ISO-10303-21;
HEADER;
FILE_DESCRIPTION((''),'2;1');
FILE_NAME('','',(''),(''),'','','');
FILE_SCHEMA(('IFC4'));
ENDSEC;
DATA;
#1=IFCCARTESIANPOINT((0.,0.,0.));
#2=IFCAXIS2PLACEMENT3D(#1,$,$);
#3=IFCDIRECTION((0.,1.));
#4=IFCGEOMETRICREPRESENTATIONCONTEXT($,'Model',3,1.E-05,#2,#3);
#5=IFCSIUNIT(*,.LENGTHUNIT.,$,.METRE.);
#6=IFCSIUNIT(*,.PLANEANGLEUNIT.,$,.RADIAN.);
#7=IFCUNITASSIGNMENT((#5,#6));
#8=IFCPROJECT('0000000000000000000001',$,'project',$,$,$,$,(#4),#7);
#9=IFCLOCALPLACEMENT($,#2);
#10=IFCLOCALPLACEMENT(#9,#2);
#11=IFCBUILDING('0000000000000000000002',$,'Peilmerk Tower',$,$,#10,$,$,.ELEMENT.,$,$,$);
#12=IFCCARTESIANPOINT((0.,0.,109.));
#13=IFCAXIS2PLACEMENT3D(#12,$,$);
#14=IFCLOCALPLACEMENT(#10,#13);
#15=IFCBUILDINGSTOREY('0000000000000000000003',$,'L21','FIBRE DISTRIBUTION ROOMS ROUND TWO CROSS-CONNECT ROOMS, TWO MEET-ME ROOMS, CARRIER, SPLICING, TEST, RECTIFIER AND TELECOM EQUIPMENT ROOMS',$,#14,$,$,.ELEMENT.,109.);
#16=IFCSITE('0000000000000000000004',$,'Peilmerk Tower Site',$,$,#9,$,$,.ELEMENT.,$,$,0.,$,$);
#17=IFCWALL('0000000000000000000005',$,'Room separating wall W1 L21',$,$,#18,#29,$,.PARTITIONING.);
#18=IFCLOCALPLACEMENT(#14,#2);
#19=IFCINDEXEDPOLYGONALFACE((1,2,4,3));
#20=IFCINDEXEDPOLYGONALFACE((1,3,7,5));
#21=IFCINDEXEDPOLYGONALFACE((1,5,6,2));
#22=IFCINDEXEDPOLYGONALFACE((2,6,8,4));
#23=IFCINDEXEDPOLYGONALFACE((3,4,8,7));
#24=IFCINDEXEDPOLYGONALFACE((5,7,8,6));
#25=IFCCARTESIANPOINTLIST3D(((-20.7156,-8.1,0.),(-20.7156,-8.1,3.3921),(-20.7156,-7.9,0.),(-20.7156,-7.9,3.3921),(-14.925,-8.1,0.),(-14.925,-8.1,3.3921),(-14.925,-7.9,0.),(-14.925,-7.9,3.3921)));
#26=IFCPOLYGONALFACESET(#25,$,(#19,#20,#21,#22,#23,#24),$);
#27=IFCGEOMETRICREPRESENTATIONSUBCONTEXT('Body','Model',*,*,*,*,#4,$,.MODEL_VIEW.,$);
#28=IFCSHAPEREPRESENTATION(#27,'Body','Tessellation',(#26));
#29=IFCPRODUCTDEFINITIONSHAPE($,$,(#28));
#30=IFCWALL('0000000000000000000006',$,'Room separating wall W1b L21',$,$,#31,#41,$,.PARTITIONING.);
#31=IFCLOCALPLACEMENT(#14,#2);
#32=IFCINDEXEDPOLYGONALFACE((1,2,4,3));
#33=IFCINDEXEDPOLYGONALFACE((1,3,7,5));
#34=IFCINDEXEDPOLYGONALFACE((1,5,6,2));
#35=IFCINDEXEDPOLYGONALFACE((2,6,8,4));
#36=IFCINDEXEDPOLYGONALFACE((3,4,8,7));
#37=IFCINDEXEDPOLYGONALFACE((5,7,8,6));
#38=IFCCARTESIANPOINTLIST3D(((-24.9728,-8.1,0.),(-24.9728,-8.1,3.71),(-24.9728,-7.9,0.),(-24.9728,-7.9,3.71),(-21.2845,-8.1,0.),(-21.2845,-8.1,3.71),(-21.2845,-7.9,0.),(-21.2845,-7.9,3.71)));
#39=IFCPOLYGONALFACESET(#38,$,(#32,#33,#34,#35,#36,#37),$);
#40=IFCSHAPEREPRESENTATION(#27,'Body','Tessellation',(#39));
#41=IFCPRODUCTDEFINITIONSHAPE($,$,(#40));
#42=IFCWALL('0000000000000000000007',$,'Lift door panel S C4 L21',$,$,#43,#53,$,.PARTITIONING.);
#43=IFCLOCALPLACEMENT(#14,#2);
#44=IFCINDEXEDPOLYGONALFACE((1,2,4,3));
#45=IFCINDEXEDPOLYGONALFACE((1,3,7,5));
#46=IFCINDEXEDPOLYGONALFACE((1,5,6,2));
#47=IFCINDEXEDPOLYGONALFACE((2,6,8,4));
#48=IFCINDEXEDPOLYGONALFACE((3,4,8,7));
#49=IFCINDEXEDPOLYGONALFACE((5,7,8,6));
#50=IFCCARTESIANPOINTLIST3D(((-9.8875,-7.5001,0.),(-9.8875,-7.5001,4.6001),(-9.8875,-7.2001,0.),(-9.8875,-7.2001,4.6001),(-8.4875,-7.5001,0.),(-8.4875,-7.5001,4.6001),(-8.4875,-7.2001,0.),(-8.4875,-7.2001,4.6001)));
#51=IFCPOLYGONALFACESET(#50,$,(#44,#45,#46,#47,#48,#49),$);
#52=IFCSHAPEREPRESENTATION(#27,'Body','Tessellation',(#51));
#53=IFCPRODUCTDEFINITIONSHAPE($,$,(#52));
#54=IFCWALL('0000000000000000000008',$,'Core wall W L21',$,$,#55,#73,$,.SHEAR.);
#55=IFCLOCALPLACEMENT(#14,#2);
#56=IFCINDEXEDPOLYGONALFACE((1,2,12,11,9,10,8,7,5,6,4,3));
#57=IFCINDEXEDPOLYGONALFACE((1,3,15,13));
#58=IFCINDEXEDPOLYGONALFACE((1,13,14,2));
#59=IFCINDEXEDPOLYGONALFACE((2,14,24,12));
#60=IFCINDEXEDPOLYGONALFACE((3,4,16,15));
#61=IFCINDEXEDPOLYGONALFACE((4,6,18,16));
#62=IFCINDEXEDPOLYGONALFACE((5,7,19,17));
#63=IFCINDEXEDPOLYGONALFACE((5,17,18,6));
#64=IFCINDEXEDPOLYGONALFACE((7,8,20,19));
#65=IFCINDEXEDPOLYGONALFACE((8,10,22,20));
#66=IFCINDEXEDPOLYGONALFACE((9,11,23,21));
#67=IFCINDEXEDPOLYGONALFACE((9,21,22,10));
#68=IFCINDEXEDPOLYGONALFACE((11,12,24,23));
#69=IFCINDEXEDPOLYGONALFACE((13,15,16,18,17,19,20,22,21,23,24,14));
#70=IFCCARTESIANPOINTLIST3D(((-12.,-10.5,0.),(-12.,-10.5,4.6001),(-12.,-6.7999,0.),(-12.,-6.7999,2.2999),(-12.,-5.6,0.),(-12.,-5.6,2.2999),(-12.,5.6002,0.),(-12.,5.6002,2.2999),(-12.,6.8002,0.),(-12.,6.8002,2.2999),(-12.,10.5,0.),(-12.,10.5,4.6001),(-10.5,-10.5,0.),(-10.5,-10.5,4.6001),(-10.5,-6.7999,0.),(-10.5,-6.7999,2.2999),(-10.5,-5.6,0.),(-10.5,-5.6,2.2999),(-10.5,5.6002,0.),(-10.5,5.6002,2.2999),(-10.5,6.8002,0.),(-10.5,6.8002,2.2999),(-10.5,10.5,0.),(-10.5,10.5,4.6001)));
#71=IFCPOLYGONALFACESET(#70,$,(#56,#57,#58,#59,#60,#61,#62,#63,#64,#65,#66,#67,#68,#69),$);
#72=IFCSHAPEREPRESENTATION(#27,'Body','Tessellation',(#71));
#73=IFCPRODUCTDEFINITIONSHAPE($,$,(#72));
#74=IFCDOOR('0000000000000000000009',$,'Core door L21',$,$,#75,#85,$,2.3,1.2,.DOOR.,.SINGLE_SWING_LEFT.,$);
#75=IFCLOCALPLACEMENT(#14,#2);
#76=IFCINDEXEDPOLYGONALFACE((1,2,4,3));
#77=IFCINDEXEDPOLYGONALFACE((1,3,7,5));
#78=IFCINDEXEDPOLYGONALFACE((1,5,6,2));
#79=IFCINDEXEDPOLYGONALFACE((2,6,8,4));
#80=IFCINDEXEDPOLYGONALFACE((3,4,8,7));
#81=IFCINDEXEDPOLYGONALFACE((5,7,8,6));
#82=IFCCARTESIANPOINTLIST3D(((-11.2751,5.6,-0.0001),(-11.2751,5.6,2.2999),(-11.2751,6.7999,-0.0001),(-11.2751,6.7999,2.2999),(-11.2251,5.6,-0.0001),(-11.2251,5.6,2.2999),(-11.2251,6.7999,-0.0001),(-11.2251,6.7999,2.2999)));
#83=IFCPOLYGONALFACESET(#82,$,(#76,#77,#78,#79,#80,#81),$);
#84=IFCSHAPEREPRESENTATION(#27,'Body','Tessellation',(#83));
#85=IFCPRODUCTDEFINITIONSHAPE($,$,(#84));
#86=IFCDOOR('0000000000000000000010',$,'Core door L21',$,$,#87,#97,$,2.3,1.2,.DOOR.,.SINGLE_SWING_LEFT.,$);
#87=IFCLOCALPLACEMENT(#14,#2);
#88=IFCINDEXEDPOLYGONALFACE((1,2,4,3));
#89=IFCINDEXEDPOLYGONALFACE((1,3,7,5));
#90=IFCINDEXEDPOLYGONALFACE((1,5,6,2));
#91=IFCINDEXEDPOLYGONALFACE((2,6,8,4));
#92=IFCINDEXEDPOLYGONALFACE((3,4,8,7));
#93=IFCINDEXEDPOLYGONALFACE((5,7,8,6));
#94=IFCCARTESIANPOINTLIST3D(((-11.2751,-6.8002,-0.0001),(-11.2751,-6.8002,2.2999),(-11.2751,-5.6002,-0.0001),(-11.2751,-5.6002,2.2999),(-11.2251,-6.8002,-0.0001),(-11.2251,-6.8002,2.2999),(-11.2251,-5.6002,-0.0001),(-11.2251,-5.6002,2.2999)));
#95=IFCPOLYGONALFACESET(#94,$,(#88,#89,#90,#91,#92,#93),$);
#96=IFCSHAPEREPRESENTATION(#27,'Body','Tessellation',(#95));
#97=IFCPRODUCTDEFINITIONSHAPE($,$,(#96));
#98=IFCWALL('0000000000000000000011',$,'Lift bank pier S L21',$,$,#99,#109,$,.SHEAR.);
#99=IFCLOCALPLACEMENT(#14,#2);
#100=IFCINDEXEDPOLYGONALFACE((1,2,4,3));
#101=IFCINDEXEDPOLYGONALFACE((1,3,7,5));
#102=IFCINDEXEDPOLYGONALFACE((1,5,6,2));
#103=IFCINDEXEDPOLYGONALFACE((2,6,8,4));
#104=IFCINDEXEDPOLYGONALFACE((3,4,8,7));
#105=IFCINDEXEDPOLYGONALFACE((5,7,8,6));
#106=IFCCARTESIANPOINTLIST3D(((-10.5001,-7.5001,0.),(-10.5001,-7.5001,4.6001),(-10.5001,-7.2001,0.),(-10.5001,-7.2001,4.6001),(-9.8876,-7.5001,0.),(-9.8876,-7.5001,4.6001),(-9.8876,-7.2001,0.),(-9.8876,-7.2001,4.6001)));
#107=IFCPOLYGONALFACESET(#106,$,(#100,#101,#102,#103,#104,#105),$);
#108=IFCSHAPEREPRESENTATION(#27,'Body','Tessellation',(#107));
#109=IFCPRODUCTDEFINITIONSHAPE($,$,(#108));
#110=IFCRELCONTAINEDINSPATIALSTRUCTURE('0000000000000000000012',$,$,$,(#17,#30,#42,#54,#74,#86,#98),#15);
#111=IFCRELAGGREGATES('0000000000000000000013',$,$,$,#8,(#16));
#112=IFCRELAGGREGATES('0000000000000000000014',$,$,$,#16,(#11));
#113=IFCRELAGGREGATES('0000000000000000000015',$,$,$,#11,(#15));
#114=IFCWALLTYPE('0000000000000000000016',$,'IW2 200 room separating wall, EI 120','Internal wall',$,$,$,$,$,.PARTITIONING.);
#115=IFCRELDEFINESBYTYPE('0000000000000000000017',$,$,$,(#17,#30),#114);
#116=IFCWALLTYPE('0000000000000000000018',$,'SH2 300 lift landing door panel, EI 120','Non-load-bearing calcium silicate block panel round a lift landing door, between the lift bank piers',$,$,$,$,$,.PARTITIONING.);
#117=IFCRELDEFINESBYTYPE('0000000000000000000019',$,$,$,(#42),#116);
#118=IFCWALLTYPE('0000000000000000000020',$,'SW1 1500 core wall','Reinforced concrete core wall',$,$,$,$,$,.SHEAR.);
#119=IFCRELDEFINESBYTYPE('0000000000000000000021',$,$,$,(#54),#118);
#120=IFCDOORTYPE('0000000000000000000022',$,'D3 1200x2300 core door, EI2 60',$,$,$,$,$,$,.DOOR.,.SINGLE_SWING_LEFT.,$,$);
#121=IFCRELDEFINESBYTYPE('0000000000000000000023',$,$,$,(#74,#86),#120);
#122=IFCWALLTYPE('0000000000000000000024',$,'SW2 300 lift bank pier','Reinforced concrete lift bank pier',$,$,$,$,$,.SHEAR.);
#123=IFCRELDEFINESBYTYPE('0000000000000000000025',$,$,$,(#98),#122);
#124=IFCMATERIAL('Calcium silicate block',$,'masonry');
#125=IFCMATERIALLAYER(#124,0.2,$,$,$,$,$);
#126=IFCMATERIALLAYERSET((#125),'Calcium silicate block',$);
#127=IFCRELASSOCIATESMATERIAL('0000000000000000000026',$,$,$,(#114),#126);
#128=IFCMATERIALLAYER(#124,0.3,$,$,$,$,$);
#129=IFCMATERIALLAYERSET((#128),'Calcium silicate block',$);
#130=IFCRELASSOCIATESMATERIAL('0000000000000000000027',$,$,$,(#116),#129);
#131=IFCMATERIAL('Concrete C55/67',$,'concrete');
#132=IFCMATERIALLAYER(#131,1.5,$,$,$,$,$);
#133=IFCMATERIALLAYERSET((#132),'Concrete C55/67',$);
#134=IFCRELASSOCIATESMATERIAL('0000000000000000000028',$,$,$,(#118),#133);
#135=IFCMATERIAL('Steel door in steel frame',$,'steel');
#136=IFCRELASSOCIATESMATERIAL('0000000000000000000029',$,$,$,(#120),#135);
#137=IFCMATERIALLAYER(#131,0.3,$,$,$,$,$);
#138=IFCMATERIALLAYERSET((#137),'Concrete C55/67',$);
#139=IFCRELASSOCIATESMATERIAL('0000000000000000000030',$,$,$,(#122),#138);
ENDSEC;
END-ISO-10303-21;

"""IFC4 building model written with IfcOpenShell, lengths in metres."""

from ifc_helpers import new_model, si_unit, direction, frame, frame_2d, origin, place, context, subcontext, project, spatial, rectangle, extrude, material, layer, layer_set, type_object, element, fill, save


model = new_model("IFC4")

# Units and contexts
model_context = context("Model", 3, precision=1e-05, world=origin(), true_north=direction((0.0, 1.0)))
body_context = subcontext(model_context, "Body", "Model", "MODEL_VIEW")
ifc_project = project(units=[si_unit("LENGTHUNIT", "METRE"), si_unit("PLANEANGLEUNIT", "RADIAN")], contexts=[model_context])

# Site, building, storey
site_placement = place(None, origin())
site = spatial("IfcSite", under=ifc_project, at=site_placement, Name="Peilmerk Tower Site", CompositionType="ELEMENT", RefElevation=0.0)
building_placement = place(site_placement, origin())
building = spatial("IfcBuilding", under=site, at=building_placement, Name="Peilmerk Tower", CompositionType="ELEMENT")
storey_placement = place(building_placement, frame((0.0, 0.0, 109.0)))
storey = spatial("IfcBuildingStorey", under=building, at=storey_placement, Name="L21", Description="FIBRE DISTRIBUTION ROOMS ROUND TWO CROSS-CONNECT ROOMS, TWO MEET-ME ROOMS, CARRIER, SPLICING, TEST, RECTIFIER AND TELECOM EQUIPMENT ROOMS", CompositionType="ELEMENT", Elevation=109.0)

# Walls
ifc_material_1 = material(Name="Calcium silicate block", Category="masonry")
ifc_layer_1 = layer(ifc_material_1, 0.2)
ifc_layer_set_1 = layer_set([ifc_layer_1], Name="Calcium silicate block")
wall_type_1 = type_object("IfcWallType", Name="IW2 200 room separating wall, EI 120", Description="Internal wall", PredefinedType="PARTITIONING", material=ifc_layer_set_1)
wall_1_placement = place(storey_placement, frame((-14.925, -8.0, 0.0), z_axis=(0.0, 0.0, 1.0), x_axis=(-1.0, 0.0, 0.0)))
element("IfcWall", 1, at=wall_1_placement, inside=storey, type_object=wall_type_1, Name="Room separating wall W1 L21", PredefinedType="PARTITIONING", context=body_context, shape_type="SweptSolid", body=[
    extrude(rectangle(XDim=5.7905, YDim=0.2, at=frame_2d((2.8953, 0.0))), origin(), (0.0, 0.0, 1.0), 3.3921),
])
wall_2_placement = place(storey_placement, frame((-21.2844, -8.0, 0.0), z_axis=(0.0, 0.0, 1.0), x_axis=(-1.0, 0.0, 0.0)))
element("IfcWall", 2, at=wall_2_placement, inside=storey, type_object=wall_type_1, Name="Room separating wall W1b L21", PredefinedType="PARTITIONING", context=body_context, shape_type="SweptSolid", body=[
    extrude(rectangle(XDim=3.6882, YDim=0.2, at=frame_2d((1.8442, 0.0))), origin(), (0.0, 0.0, 1.0), 3.71),
])
ifc_layer_2 = layer(ifc_material_1, 0.3)
ifc_layer_set_2 = layer_set([ifc_layer_2], Name="Calcium silicate block")
wall_type_2 = type_object("IfcWallType", Name="SH2 300 lift landing door panel, EI 120", Description="Non-load-bearing calcium silicate block panel round a lift landing door, between the lift bank piers", PredefinedType="PARTITIONING", material=ifc_layer_set_2)
wall_3_placement = place(storey_placement, frame((-9.8875, -7.3501, 0.0), z_axis=(0.0, 0.0, 1.0), x_axis=(1.0, 0.0, 0.0)))
element("IfcWall", 3, at=wall_3_placement, inside=storey, type_object=wall_type_2, Name="Lift door panel S C4 L21", PredefinedType="PARTITIONING", context=body_context, shape_type="SweptSolid", body=[
    extrude(rectangle(XDim=1.3999, YDim=0.3, at=frame_2d((0.7, 0.0))), origin(), (0.0, 0.0, 1.0), 4.6001),
])

# Wall, openings, doors
ifc_material_2 = material(Name="Concrete C55/67", Category="concrete")
ifc_layer_3 = layer(ifc_material_2, 1.5)
ifc_layer_set_3 = layer_set([ifc_layer_3], Name="Concrete C55/67")
wall_type_3 = type_object("IfcWallType", Name="SW1 1500 core wall", Description="Reinforced concrete core wall", PredefinedType="SHEAR", material=ifc_layer_set_3)
wall_4_placement = place(storey_placement, frame((-11.25, -10.5, 0.0), z_axis=(0.0, 0.0, 1.0), x_axis=(0.0, 1.0, 0.0)))
wall_4 = element("IfcWall", 4, at=wall_4_placement, inside=storey, type_object=wall_type_3, Name="Core wall W L21", PredefinedType="SHEAR", context=body_context, shape_type="SweptSolid", body=[
    extrude(rectangle(XDim=21.0, YDim=1.5, at=frame_2d((10.5, 0.0))), origin(), (0.0, 0.0, 1.0), 4.6001),
])
opening_1_placement = place(wall_4_placement, frame((16.1001, 0.0, 0.0)))
opening_1 = element("IfcOpeningElement", 5, at=opening_1_placement, cuts=wall_4, PredefinedType="OPENING", context=body_context, shape_type="SweptSolid", body=[
    extrude(rectangle(XDim=1.2, YDim=2.3, at=frame_2d((0.6001, 1.1499))), frame((0.0, 0.76, 0.0), z_axis=(0.0, -1.0, 0.0), x_axis=(1.0, 0.0, 0.0)), (0.0, 0.0, 1.0), 1.52),
])
opening_2_placement = place(wall_4_placement, frame((3.7, 0.0, 0.0)))
opening_2 = element("IfcOpeningElement", 6, at=opening_2_placement, cuts=wall_4, PredefinedType="OPENING", context=body_context, shape_type="SweptSolid", body=[
    extrude(rectangle(XDim=1.2, YDim=2.3, at=frame_2d((0.6001, 1.1499))), frame((0.0, 0.76, 0.0), z_axis=(0.0, -1.0, 0.0), x_axis=(1.0, 0.0, 0.0)), (0.0, 0.0, 1.0), 1.52),
])
ifc_material_3 = material(Name="Steel door in steel frame", Category="steel")
door_type = type_object("IfcDoorType", Name="D3 1200x2300 core door, EI2 60", OperationType="SINGLE_SWING_LEFT", PredefinedType="DOOR", material=ifc_material_3)
door_1_placement = place(opening_1_placement, frame((1.2, 0.0, 0.0), z_axis=(0.0, 0.0, 1.0), x_axis=(-1.0, 0.0, 0.0)))
door_1 = element("IfcDoor", 7, at=door_1_placement, inside=storey, type_object=door_type, Name="Core door L21", OperationType="SINGLE_SWING_LEFT", OverallHeight=2.3, OverallWidth=1.2, PredefinedType="DOOR", context=body_context, shape_type="SweptSolid", body=[
    extrude(rectangle(XDim=1.2, YDim=2.3, at=frame_2d((0.6001, 1.1499))), frame((0.0, 0.0249, 0.0), z_axis=(0.0, -1.0, 0.0), x_axis=(1.0, 0.0, 0.0)), (0.0, 0.0, 1.0), 0.05),
])
fill(opening_1, door_1)
door_2_placement = place(opening_2_placement, frame((1.2, 0.0, 0.0), z_axis=(0.0, 0.0, 1.0), x_axis=(-1.0, 0.0, 0.0)))
door_2 = element("IfcDoor", 8, at=door_2_placement, inside=storey, type_object=door_type, Name="Core door L21", OperationType="SINGLE_SWING_LEFT", OverallHeight=2.3, OverallWidth=1.2, PredefinedType="DOOR", context=body_context, shape_type="SweptSolid", body=[
    extrude(rectangle(XDim=1.2, YDim=2.3, at=frame_2d((0.6001, 1.1499))), frame((0.0, 0.0249, 0.0), z_axis=(0.0, -1.0, 0.0), x_axis=(1.0, 0.0, 0.0)), (0.0, 0.0, 1.0), 0.05),
])
fill(opening_2, door_2)

# Wall
ifc_layer_4 = layer(ifc_material_2, 0.3)
ifc_layer_set_4 = layer_set([ifc_layer_4], Name="Concrete C55/67")
wall_type_4 = type_object("IfcWallType", Name="SW2 300 lift bank pier", Description="Reinforced concrete lift bank pier", PredefinedType="SHEAR", material=ifc_layer_set_4)
wall_5_placement = place(storey_placement, frame((-10.5, -7.3501, 0.0), z_axis=(0.0, 0.0, 1.0), x_axis=(1.0, 0.0, 0.0)))
element("IfcWall", 9, at=wall_5_placement, inside=storey, type_object=wall_type_4, Name="Lift bank pier S L21", PredefinedType="SHEAR", context=body_context, shape_type="SweptSolid", body=[
    extrude(rectangle(XDim=0.6125, YDim=0.3, at=frame_2d((0.3062, 0.0))), origin(), (0.0, 0.0, 1.0), 4.6001),
])

save(model, "model.ifc")
